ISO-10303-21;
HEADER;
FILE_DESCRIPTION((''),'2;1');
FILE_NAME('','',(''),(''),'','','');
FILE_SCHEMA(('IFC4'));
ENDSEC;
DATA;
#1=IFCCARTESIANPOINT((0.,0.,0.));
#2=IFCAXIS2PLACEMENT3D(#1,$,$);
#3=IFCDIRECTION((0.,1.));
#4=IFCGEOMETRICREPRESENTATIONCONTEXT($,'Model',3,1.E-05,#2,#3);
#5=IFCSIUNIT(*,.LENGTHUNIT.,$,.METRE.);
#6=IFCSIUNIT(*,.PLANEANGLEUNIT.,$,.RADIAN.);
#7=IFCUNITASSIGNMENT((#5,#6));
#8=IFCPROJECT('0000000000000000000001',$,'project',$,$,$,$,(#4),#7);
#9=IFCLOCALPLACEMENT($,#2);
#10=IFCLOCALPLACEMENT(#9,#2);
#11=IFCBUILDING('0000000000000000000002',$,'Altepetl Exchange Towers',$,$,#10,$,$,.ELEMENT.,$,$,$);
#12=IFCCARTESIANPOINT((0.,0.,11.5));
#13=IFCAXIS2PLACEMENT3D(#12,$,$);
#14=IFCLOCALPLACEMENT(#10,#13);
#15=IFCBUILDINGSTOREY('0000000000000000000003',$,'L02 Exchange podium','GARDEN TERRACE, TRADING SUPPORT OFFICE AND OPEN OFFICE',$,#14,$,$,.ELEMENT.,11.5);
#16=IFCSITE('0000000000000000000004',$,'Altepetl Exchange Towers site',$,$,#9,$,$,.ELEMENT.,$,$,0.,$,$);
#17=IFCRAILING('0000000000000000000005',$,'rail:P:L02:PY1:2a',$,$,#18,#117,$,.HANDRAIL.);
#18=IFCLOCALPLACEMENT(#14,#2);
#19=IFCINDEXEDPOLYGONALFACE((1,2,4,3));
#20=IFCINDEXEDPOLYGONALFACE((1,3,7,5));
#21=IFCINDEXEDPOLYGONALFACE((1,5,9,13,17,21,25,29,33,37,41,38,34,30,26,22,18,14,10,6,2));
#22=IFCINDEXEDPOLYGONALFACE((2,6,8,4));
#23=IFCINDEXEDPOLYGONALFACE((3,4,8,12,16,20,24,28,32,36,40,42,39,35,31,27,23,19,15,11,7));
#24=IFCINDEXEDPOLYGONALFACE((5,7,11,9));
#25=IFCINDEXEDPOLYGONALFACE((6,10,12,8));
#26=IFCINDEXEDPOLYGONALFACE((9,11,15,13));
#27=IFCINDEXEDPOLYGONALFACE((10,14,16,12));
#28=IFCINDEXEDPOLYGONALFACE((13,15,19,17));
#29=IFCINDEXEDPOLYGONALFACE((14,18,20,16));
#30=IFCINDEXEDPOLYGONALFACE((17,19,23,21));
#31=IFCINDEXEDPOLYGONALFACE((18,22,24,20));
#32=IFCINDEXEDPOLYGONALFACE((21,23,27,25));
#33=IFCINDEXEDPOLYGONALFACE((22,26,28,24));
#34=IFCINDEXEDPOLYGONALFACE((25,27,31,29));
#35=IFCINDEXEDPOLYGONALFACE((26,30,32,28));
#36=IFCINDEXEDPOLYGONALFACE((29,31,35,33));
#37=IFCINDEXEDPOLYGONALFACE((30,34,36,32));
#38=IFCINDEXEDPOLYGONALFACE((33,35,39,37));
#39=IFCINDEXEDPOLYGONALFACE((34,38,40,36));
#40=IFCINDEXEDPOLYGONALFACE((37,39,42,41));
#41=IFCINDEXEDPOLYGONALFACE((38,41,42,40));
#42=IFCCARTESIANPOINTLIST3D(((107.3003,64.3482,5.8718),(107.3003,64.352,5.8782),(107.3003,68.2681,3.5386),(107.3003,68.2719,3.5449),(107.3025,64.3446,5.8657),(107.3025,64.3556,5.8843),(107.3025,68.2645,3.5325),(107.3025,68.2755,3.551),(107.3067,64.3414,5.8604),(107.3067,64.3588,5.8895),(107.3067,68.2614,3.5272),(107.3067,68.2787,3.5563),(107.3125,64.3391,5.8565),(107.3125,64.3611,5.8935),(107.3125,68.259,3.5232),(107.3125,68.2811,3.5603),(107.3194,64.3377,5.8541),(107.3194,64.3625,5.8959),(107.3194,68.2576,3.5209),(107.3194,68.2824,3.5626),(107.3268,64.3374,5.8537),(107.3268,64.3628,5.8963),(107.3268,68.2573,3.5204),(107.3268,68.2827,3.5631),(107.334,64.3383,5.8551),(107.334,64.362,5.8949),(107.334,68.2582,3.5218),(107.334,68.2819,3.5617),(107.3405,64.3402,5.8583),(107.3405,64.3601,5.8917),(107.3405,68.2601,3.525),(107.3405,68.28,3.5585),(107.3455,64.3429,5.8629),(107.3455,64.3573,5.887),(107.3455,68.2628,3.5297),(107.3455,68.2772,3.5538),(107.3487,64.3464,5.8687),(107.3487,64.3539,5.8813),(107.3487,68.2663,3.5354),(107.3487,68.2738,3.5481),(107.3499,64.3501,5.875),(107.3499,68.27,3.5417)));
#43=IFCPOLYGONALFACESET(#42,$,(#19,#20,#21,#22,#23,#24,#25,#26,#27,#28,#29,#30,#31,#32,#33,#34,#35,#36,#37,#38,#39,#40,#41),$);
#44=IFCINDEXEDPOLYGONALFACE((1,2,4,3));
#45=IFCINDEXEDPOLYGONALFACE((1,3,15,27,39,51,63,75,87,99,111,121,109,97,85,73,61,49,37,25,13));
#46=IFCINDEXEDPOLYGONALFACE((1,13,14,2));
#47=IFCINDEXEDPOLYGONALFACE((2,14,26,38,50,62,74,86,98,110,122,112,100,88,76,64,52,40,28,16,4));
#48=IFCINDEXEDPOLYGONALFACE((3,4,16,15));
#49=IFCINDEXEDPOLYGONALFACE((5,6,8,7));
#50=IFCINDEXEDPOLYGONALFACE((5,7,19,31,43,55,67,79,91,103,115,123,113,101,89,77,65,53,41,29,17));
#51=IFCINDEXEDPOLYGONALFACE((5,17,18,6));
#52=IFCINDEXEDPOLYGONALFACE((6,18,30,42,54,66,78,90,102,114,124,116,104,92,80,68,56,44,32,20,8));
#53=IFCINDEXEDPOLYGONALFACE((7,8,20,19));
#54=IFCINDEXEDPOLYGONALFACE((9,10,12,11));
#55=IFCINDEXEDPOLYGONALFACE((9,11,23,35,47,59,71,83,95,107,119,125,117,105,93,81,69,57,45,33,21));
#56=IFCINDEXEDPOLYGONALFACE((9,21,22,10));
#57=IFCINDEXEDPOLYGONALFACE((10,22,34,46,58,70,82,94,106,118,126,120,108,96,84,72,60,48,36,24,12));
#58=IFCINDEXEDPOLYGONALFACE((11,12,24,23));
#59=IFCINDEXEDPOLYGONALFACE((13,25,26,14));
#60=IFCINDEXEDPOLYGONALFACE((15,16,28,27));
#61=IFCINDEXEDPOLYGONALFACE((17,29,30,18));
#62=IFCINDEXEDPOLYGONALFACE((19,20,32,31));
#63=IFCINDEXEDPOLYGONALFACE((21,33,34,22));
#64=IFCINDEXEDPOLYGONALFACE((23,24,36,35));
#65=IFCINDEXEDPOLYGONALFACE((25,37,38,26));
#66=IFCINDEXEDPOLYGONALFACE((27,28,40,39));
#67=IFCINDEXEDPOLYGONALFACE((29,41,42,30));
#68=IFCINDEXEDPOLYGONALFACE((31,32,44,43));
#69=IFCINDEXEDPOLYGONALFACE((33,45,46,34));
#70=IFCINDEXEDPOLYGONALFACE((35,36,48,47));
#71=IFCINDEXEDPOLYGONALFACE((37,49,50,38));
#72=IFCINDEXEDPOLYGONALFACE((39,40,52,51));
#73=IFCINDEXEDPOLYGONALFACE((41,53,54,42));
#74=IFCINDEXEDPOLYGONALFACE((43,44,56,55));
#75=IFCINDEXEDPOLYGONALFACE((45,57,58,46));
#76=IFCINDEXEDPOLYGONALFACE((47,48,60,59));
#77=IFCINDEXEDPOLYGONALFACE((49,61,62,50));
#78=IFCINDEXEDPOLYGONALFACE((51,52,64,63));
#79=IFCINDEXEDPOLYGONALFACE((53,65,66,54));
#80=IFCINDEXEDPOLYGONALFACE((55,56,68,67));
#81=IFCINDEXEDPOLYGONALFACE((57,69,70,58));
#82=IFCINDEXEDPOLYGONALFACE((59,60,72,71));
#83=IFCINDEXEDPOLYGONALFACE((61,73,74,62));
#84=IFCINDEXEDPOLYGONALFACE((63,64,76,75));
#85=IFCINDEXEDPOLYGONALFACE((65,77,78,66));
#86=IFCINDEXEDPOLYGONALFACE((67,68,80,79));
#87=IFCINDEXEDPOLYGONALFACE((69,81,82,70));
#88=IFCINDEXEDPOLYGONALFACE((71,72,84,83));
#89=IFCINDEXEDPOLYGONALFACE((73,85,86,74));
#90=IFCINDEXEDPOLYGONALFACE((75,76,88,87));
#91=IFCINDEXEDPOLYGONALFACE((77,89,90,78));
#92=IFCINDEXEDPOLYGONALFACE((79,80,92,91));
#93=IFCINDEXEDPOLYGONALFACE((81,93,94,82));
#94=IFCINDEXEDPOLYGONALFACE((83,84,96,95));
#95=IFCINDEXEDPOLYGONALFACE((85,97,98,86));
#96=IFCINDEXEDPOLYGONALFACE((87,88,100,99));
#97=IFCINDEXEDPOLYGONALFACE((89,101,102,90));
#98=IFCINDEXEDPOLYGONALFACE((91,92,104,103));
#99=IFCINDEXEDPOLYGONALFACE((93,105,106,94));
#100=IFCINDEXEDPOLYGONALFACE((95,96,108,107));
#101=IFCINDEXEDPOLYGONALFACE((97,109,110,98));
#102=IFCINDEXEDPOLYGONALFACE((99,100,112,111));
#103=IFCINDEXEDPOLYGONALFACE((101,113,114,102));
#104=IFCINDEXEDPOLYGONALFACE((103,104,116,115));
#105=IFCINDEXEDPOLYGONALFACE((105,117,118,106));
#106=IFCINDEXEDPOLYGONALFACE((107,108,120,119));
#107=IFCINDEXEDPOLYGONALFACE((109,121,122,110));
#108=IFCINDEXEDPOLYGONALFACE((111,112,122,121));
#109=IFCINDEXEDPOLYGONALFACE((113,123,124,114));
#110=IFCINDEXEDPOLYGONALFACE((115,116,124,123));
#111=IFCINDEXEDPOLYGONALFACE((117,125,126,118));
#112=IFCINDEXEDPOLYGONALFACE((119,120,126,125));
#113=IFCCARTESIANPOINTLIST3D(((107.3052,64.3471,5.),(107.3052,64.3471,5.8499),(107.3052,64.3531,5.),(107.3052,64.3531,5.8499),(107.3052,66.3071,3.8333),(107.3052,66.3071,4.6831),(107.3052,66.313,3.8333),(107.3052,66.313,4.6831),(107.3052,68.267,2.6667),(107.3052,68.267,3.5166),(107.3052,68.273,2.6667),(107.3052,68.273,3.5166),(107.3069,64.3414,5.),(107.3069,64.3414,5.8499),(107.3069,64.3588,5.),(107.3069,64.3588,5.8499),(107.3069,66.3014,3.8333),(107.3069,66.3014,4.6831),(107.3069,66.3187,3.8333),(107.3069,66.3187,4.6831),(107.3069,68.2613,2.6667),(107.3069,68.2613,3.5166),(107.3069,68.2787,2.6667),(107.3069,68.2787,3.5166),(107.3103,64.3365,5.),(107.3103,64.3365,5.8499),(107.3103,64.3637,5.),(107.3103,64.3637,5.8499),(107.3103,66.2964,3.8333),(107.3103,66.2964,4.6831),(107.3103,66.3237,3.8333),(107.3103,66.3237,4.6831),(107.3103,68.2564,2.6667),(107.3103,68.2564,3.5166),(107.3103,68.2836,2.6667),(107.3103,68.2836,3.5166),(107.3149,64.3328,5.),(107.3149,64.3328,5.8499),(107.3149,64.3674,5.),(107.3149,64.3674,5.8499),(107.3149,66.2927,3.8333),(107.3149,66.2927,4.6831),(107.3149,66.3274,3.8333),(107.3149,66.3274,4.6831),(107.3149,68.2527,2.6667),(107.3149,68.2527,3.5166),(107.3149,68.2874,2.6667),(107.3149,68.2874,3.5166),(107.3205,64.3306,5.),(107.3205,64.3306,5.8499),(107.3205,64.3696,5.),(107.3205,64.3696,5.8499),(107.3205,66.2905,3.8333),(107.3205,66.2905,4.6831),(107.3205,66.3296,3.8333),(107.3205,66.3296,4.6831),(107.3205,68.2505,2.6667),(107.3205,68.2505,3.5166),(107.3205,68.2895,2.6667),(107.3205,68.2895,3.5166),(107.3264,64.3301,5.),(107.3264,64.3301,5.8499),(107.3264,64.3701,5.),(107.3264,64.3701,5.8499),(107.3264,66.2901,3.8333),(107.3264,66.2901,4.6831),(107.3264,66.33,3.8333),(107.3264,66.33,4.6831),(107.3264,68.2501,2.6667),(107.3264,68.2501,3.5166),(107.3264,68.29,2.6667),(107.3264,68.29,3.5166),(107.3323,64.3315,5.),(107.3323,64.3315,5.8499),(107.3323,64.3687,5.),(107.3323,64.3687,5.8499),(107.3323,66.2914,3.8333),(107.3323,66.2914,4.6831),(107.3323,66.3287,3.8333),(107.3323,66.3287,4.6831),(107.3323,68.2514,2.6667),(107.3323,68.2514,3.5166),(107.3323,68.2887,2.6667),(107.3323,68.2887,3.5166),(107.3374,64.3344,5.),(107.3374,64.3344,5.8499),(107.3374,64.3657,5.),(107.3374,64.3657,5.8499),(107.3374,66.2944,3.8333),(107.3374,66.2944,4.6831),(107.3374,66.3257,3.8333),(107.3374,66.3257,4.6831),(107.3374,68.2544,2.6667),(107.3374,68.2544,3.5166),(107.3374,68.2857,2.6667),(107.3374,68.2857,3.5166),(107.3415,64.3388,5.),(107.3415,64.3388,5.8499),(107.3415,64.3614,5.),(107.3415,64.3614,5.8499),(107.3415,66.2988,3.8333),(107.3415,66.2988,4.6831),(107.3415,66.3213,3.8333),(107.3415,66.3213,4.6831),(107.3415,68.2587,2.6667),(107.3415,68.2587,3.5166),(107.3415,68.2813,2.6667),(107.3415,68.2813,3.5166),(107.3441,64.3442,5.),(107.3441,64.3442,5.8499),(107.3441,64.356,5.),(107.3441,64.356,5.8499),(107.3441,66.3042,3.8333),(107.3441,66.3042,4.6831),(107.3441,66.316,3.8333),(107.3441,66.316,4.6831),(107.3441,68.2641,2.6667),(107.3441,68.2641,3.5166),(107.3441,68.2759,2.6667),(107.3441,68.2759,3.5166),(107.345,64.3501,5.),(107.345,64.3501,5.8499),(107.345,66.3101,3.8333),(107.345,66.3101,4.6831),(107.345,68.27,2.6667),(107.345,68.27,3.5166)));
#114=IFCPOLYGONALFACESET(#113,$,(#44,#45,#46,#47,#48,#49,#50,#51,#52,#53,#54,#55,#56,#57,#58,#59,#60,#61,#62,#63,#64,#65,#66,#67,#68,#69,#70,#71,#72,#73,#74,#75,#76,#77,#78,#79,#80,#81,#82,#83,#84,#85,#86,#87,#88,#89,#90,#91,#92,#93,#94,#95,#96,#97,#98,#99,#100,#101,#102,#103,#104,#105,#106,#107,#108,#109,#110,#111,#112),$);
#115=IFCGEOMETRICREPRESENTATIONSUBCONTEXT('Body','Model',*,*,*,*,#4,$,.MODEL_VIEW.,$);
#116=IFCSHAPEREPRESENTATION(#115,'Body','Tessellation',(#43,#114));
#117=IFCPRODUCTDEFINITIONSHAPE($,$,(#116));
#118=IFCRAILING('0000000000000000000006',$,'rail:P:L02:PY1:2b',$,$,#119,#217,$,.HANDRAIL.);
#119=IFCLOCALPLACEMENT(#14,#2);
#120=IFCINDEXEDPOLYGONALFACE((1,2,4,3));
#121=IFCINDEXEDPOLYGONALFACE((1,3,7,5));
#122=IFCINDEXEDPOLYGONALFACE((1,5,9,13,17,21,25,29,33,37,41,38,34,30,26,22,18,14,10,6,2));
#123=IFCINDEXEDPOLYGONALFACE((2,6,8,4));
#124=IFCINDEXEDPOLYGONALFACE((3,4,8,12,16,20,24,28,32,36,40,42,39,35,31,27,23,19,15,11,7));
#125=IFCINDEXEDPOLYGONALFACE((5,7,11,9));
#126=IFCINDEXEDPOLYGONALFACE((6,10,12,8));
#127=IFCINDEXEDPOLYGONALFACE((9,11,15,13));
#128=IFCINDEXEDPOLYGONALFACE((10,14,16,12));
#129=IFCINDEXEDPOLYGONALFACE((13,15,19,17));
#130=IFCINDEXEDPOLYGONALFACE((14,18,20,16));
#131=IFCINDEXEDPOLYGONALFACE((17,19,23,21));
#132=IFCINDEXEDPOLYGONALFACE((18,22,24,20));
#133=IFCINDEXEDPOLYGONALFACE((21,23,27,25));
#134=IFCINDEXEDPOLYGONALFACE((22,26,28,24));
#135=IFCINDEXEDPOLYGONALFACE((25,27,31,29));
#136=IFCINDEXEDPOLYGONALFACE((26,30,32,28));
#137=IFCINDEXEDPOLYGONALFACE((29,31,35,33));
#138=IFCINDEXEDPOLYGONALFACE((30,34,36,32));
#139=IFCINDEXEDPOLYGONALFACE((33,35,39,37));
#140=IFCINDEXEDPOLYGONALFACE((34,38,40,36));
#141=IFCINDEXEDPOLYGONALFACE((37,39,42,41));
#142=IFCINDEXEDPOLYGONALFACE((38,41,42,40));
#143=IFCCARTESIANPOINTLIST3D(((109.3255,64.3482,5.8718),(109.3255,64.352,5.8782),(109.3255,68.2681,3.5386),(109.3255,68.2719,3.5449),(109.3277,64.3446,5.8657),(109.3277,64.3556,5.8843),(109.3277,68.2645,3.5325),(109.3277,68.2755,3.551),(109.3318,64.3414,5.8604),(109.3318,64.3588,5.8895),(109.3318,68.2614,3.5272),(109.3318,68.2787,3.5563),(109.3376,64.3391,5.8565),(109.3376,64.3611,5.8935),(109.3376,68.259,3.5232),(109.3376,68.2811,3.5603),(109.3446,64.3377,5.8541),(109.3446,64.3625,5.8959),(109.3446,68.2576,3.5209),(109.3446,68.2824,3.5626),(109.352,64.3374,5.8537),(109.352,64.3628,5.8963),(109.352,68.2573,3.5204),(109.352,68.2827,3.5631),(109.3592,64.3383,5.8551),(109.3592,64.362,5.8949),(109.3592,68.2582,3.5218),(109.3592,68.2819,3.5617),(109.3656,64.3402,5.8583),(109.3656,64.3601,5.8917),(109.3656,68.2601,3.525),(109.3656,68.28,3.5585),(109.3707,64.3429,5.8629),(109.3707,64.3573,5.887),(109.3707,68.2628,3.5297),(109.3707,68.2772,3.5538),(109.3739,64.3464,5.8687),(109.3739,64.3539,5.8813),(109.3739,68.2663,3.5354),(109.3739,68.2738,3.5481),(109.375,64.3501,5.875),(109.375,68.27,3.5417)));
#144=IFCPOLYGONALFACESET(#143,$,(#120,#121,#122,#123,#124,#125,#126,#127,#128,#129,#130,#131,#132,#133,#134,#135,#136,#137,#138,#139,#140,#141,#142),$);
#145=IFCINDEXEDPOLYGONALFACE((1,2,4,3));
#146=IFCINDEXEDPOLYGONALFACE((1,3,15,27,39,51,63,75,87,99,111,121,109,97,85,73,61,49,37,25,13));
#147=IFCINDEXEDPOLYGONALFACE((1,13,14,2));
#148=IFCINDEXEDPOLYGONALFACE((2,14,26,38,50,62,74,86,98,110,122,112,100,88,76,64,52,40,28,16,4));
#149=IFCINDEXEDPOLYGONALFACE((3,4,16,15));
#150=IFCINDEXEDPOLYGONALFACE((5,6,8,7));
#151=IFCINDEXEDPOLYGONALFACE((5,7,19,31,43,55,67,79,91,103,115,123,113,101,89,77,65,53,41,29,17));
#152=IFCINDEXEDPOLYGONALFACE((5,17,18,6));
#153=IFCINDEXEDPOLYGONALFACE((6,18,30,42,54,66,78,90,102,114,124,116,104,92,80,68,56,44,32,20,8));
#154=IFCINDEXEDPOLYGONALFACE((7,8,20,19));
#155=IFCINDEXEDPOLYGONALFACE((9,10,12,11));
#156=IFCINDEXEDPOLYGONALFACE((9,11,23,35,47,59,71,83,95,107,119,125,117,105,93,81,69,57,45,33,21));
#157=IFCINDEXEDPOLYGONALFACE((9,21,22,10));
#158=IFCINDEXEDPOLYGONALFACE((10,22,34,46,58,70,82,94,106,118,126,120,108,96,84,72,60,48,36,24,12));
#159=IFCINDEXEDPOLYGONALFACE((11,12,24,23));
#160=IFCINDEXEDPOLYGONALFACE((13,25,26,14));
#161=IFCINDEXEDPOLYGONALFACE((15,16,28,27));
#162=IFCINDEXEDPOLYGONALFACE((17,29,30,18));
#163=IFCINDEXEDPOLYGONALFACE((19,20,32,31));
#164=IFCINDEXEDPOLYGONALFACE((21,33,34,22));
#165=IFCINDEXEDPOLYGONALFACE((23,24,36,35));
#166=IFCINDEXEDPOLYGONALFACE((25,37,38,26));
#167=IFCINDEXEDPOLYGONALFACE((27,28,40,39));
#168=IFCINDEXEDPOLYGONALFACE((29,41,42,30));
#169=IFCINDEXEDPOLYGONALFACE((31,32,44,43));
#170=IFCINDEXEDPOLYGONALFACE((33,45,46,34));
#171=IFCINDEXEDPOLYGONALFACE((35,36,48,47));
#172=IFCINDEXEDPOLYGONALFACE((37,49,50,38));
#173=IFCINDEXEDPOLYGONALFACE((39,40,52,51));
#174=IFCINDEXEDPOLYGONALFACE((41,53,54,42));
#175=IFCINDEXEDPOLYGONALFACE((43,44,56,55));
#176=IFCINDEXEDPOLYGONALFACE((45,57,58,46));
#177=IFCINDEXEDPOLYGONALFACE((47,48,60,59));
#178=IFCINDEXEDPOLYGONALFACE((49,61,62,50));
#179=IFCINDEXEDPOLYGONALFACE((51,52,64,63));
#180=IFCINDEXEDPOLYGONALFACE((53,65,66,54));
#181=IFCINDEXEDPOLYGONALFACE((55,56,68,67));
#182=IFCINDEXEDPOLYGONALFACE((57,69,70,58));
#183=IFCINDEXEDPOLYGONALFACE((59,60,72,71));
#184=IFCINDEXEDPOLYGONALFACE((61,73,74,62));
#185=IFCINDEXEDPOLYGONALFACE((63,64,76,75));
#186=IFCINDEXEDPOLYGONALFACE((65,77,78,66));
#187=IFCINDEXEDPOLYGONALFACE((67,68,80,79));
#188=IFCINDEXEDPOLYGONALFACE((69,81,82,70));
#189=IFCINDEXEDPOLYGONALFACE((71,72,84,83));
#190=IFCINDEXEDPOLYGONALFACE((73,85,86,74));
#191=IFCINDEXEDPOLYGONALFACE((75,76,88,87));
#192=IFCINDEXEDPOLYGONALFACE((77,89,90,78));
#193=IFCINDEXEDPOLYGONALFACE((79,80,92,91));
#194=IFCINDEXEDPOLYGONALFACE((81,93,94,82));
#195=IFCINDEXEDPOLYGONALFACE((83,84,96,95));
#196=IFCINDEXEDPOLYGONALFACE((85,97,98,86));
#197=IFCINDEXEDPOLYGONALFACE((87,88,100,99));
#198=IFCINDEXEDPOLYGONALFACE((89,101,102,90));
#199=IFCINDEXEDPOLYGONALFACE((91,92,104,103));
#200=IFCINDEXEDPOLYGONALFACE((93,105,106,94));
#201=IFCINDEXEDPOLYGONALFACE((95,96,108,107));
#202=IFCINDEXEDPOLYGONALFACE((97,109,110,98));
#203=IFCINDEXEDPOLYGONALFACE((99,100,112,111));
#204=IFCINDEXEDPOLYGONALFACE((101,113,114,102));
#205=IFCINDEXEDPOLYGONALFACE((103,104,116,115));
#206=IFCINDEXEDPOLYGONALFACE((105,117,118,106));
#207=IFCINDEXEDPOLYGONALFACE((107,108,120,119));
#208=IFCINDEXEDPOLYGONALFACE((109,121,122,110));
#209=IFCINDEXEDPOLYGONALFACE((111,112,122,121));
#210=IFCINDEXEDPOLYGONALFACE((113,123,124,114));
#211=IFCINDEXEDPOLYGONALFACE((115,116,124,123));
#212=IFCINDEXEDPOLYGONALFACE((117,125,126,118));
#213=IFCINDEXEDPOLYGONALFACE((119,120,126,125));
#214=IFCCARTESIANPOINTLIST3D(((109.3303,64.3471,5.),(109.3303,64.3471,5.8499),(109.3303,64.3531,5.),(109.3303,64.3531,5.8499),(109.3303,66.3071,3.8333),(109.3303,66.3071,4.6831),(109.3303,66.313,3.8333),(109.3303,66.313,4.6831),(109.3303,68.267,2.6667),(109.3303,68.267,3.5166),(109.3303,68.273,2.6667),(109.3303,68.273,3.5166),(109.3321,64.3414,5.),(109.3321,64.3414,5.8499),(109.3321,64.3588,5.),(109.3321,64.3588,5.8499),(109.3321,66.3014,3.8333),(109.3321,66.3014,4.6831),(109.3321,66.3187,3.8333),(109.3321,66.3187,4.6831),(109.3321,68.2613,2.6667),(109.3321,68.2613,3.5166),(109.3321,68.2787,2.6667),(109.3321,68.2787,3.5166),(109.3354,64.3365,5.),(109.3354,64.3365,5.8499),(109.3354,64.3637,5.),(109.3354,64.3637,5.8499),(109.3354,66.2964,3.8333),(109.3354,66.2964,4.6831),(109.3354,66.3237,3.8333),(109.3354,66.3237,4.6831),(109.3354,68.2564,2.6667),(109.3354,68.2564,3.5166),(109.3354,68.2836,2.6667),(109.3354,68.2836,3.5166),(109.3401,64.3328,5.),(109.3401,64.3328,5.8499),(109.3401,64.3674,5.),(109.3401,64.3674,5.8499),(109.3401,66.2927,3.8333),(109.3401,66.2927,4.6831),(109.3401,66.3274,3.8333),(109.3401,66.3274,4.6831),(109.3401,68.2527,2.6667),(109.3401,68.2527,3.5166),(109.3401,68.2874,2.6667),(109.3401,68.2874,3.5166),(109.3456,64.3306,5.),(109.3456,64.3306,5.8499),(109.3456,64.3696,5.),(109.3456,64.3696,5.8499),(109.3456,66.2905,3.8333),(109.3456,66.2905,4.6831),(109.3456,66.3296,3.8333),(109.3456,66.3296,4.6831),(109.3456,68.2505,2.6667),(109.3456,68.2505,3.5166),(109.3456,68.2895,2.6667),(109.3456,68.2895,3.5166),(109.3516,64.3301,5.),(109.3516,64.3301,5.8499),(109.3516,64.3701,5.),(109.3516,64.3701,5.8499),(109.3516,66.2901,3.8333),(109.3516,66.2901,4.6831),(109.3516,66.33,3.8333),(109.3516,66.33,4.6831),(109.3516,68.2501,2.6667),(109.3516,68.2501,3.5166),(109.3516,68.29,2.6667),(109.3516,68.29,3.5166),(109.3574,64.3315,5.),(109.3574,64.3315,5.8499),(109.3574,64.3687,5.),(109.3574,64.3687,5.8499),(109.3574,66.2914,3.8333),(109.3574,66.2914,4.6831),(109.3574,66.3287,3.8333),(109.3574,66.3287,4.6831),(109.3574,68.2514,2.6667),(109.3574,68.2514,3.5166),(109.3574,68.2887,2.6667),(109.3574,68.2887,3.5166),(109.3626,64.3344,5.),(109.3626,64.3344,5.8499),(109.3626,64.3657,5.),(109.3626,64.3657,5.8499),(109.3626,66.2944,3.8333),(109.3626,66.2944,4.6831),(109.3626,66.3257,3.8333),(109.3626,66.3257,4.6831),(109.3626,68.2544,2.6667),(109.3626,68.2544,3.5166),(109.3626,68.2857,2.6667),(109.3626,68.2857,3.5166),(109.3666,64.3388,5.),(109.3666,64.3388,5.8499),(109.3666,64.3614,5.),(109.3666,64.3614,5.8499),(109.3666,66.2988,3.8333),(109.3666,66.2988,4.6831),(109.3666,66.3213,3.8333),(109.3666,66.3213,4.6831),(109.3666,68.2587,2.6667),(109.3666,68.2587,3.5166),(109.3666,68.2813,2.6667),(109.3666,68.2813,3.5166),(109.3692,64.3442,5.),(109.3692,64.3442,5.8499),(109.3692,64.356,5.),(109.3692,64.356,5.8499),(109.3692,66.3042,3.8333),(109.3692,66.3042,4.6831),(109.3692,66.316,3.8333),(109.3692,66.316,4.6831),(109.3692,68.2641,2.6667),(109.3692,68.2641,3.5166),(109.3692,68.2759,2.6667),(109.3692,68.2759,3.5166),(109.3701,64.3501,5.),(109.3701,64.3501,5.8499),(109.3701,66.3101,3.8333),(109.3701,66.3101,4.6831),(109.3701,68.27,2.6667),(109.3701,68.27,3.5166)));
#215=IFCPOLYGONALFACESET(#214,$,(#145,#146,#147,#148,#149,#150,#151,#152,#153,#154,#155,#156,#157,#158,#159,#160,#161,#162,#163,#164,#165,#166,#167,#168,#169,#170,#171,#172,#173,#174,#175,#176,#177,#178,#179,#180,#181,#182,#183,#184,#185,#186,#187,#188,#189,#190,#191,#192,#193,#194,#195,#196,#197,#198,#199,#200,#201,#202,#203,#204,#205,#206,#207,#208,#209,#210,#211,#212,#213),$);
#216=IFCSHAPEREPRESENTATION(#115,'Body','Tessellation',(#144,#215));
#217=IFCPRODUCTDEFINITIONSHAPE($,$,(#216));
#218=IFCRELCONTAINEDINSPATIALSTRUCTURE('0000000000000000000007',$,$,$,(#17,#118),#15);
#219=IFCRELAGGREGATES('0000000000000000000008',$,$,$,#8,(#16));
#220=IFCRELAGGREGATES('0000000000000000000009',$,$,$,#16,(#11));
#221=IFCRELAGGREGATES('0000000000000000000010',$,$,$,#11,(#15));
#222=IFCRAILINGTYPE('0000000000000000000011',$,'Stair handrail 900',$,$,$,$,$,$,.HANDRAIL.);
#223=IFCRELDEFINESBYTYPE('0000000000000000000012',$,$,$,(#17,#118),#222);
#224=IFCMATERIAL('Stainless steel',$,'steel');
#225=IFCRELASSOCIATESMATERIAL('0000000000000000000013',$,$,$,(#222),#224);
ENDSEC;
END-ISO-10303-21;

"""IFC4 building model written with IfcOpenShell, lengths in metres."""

from ifc_helpers import new_model, si_unit, direction, frame, origin, origin_2d, place, context, subcontext, project, spatial, circle, extrude, source, transform, mapped, material, type_object, element, save


model = new_model("IFC4")

# Units and contexts
model_context = context("Model", 3, precision=1e-05, world=origin(), true_north=direction((0.0, 1.0)))
body_context = subcontext(model_context, "Body", "Model", "MODEL_VIEW")
ifc_project = project(units=[si_unit("LENGTHUNIT", "METRE"), si_unit("PLANEANGLEUNIT", "RADIAN")], contexts=[model_context])

# Site, building, storey
site_placement = place(None, origin())
site = spatial("IfcSite", under=ifc_project, at=site_placement, Name="Altepetl Exchange Towers site", CompositionType="ELEMENT", RefElevation=0.0)
building_placement = place(site_placement, origin())
building = spatial("IfcBuilding", under=site, at=building_placement, Name="Altepetl Exchange Towers", CompositionType="ELEMENT")
storey_placement = place(building_placement, frame((0.0, 0.0, 11.5)))
storey = spatial("IfcBuildingStorey", under=building, at=storey_placement, Name="L02 Exchange podium", Description="GARDEN TERRACE, TRADING SUPPORT OFFICE AND OPEN OFFICE", CompositionType="ELEMENT", Elevation=11.5)

# Railings
ifc_material_1 = material(Name="Stainless steel", Category="steel")
railing_type_1 = type_object("IfcRailingType", Name="Stair handrail 900", PredefinedType="HANDRAIL", material=ifc_material_1)
shared_shape_1 = source(origin(), body_context, "Body", "SweptSolid", [
    extrude(circle(Radius=0.02, at=origin_2d()), origin(), (0.0, 0.0, 1.0), 0.8499),
])
for number, where, name in (
    (1, (107.325, 68.27, 2.6667), "rail:P:L02:PY1:2a"),
    (2, (109.3501, 68.27, 2.6667), "rail:P:L02:PY1:2b"),
):
    element("IfcRailing", number, at=place(storey_placement, frame(where)), inside=storey, type_object=railing_type_1, Name=name, PredefinedType="HANDRAIL", context=body_context, shape_type="SweptSolid", body=[
        extrude(circle(Radius=0.0249, at=origin_2d()), frame((0.0, 0.0, 0.875), z_axis=(0.0, -0.859296, 0.511478), x_axis=(1.0, 0.0, 0.0)), (0.0, 0.0, 1.0), 4.5618),
        mapped(shared_shape_1, transform((0.0, 0.0, 0.0))),
        mapped(shared_shape_1, transform((0.0, -1.96, 1.1665))),
        mapped(shared_shape_1, transform((0.0, -3.9199, 2.3333))),
    ])

save(model, "model.ifc")
